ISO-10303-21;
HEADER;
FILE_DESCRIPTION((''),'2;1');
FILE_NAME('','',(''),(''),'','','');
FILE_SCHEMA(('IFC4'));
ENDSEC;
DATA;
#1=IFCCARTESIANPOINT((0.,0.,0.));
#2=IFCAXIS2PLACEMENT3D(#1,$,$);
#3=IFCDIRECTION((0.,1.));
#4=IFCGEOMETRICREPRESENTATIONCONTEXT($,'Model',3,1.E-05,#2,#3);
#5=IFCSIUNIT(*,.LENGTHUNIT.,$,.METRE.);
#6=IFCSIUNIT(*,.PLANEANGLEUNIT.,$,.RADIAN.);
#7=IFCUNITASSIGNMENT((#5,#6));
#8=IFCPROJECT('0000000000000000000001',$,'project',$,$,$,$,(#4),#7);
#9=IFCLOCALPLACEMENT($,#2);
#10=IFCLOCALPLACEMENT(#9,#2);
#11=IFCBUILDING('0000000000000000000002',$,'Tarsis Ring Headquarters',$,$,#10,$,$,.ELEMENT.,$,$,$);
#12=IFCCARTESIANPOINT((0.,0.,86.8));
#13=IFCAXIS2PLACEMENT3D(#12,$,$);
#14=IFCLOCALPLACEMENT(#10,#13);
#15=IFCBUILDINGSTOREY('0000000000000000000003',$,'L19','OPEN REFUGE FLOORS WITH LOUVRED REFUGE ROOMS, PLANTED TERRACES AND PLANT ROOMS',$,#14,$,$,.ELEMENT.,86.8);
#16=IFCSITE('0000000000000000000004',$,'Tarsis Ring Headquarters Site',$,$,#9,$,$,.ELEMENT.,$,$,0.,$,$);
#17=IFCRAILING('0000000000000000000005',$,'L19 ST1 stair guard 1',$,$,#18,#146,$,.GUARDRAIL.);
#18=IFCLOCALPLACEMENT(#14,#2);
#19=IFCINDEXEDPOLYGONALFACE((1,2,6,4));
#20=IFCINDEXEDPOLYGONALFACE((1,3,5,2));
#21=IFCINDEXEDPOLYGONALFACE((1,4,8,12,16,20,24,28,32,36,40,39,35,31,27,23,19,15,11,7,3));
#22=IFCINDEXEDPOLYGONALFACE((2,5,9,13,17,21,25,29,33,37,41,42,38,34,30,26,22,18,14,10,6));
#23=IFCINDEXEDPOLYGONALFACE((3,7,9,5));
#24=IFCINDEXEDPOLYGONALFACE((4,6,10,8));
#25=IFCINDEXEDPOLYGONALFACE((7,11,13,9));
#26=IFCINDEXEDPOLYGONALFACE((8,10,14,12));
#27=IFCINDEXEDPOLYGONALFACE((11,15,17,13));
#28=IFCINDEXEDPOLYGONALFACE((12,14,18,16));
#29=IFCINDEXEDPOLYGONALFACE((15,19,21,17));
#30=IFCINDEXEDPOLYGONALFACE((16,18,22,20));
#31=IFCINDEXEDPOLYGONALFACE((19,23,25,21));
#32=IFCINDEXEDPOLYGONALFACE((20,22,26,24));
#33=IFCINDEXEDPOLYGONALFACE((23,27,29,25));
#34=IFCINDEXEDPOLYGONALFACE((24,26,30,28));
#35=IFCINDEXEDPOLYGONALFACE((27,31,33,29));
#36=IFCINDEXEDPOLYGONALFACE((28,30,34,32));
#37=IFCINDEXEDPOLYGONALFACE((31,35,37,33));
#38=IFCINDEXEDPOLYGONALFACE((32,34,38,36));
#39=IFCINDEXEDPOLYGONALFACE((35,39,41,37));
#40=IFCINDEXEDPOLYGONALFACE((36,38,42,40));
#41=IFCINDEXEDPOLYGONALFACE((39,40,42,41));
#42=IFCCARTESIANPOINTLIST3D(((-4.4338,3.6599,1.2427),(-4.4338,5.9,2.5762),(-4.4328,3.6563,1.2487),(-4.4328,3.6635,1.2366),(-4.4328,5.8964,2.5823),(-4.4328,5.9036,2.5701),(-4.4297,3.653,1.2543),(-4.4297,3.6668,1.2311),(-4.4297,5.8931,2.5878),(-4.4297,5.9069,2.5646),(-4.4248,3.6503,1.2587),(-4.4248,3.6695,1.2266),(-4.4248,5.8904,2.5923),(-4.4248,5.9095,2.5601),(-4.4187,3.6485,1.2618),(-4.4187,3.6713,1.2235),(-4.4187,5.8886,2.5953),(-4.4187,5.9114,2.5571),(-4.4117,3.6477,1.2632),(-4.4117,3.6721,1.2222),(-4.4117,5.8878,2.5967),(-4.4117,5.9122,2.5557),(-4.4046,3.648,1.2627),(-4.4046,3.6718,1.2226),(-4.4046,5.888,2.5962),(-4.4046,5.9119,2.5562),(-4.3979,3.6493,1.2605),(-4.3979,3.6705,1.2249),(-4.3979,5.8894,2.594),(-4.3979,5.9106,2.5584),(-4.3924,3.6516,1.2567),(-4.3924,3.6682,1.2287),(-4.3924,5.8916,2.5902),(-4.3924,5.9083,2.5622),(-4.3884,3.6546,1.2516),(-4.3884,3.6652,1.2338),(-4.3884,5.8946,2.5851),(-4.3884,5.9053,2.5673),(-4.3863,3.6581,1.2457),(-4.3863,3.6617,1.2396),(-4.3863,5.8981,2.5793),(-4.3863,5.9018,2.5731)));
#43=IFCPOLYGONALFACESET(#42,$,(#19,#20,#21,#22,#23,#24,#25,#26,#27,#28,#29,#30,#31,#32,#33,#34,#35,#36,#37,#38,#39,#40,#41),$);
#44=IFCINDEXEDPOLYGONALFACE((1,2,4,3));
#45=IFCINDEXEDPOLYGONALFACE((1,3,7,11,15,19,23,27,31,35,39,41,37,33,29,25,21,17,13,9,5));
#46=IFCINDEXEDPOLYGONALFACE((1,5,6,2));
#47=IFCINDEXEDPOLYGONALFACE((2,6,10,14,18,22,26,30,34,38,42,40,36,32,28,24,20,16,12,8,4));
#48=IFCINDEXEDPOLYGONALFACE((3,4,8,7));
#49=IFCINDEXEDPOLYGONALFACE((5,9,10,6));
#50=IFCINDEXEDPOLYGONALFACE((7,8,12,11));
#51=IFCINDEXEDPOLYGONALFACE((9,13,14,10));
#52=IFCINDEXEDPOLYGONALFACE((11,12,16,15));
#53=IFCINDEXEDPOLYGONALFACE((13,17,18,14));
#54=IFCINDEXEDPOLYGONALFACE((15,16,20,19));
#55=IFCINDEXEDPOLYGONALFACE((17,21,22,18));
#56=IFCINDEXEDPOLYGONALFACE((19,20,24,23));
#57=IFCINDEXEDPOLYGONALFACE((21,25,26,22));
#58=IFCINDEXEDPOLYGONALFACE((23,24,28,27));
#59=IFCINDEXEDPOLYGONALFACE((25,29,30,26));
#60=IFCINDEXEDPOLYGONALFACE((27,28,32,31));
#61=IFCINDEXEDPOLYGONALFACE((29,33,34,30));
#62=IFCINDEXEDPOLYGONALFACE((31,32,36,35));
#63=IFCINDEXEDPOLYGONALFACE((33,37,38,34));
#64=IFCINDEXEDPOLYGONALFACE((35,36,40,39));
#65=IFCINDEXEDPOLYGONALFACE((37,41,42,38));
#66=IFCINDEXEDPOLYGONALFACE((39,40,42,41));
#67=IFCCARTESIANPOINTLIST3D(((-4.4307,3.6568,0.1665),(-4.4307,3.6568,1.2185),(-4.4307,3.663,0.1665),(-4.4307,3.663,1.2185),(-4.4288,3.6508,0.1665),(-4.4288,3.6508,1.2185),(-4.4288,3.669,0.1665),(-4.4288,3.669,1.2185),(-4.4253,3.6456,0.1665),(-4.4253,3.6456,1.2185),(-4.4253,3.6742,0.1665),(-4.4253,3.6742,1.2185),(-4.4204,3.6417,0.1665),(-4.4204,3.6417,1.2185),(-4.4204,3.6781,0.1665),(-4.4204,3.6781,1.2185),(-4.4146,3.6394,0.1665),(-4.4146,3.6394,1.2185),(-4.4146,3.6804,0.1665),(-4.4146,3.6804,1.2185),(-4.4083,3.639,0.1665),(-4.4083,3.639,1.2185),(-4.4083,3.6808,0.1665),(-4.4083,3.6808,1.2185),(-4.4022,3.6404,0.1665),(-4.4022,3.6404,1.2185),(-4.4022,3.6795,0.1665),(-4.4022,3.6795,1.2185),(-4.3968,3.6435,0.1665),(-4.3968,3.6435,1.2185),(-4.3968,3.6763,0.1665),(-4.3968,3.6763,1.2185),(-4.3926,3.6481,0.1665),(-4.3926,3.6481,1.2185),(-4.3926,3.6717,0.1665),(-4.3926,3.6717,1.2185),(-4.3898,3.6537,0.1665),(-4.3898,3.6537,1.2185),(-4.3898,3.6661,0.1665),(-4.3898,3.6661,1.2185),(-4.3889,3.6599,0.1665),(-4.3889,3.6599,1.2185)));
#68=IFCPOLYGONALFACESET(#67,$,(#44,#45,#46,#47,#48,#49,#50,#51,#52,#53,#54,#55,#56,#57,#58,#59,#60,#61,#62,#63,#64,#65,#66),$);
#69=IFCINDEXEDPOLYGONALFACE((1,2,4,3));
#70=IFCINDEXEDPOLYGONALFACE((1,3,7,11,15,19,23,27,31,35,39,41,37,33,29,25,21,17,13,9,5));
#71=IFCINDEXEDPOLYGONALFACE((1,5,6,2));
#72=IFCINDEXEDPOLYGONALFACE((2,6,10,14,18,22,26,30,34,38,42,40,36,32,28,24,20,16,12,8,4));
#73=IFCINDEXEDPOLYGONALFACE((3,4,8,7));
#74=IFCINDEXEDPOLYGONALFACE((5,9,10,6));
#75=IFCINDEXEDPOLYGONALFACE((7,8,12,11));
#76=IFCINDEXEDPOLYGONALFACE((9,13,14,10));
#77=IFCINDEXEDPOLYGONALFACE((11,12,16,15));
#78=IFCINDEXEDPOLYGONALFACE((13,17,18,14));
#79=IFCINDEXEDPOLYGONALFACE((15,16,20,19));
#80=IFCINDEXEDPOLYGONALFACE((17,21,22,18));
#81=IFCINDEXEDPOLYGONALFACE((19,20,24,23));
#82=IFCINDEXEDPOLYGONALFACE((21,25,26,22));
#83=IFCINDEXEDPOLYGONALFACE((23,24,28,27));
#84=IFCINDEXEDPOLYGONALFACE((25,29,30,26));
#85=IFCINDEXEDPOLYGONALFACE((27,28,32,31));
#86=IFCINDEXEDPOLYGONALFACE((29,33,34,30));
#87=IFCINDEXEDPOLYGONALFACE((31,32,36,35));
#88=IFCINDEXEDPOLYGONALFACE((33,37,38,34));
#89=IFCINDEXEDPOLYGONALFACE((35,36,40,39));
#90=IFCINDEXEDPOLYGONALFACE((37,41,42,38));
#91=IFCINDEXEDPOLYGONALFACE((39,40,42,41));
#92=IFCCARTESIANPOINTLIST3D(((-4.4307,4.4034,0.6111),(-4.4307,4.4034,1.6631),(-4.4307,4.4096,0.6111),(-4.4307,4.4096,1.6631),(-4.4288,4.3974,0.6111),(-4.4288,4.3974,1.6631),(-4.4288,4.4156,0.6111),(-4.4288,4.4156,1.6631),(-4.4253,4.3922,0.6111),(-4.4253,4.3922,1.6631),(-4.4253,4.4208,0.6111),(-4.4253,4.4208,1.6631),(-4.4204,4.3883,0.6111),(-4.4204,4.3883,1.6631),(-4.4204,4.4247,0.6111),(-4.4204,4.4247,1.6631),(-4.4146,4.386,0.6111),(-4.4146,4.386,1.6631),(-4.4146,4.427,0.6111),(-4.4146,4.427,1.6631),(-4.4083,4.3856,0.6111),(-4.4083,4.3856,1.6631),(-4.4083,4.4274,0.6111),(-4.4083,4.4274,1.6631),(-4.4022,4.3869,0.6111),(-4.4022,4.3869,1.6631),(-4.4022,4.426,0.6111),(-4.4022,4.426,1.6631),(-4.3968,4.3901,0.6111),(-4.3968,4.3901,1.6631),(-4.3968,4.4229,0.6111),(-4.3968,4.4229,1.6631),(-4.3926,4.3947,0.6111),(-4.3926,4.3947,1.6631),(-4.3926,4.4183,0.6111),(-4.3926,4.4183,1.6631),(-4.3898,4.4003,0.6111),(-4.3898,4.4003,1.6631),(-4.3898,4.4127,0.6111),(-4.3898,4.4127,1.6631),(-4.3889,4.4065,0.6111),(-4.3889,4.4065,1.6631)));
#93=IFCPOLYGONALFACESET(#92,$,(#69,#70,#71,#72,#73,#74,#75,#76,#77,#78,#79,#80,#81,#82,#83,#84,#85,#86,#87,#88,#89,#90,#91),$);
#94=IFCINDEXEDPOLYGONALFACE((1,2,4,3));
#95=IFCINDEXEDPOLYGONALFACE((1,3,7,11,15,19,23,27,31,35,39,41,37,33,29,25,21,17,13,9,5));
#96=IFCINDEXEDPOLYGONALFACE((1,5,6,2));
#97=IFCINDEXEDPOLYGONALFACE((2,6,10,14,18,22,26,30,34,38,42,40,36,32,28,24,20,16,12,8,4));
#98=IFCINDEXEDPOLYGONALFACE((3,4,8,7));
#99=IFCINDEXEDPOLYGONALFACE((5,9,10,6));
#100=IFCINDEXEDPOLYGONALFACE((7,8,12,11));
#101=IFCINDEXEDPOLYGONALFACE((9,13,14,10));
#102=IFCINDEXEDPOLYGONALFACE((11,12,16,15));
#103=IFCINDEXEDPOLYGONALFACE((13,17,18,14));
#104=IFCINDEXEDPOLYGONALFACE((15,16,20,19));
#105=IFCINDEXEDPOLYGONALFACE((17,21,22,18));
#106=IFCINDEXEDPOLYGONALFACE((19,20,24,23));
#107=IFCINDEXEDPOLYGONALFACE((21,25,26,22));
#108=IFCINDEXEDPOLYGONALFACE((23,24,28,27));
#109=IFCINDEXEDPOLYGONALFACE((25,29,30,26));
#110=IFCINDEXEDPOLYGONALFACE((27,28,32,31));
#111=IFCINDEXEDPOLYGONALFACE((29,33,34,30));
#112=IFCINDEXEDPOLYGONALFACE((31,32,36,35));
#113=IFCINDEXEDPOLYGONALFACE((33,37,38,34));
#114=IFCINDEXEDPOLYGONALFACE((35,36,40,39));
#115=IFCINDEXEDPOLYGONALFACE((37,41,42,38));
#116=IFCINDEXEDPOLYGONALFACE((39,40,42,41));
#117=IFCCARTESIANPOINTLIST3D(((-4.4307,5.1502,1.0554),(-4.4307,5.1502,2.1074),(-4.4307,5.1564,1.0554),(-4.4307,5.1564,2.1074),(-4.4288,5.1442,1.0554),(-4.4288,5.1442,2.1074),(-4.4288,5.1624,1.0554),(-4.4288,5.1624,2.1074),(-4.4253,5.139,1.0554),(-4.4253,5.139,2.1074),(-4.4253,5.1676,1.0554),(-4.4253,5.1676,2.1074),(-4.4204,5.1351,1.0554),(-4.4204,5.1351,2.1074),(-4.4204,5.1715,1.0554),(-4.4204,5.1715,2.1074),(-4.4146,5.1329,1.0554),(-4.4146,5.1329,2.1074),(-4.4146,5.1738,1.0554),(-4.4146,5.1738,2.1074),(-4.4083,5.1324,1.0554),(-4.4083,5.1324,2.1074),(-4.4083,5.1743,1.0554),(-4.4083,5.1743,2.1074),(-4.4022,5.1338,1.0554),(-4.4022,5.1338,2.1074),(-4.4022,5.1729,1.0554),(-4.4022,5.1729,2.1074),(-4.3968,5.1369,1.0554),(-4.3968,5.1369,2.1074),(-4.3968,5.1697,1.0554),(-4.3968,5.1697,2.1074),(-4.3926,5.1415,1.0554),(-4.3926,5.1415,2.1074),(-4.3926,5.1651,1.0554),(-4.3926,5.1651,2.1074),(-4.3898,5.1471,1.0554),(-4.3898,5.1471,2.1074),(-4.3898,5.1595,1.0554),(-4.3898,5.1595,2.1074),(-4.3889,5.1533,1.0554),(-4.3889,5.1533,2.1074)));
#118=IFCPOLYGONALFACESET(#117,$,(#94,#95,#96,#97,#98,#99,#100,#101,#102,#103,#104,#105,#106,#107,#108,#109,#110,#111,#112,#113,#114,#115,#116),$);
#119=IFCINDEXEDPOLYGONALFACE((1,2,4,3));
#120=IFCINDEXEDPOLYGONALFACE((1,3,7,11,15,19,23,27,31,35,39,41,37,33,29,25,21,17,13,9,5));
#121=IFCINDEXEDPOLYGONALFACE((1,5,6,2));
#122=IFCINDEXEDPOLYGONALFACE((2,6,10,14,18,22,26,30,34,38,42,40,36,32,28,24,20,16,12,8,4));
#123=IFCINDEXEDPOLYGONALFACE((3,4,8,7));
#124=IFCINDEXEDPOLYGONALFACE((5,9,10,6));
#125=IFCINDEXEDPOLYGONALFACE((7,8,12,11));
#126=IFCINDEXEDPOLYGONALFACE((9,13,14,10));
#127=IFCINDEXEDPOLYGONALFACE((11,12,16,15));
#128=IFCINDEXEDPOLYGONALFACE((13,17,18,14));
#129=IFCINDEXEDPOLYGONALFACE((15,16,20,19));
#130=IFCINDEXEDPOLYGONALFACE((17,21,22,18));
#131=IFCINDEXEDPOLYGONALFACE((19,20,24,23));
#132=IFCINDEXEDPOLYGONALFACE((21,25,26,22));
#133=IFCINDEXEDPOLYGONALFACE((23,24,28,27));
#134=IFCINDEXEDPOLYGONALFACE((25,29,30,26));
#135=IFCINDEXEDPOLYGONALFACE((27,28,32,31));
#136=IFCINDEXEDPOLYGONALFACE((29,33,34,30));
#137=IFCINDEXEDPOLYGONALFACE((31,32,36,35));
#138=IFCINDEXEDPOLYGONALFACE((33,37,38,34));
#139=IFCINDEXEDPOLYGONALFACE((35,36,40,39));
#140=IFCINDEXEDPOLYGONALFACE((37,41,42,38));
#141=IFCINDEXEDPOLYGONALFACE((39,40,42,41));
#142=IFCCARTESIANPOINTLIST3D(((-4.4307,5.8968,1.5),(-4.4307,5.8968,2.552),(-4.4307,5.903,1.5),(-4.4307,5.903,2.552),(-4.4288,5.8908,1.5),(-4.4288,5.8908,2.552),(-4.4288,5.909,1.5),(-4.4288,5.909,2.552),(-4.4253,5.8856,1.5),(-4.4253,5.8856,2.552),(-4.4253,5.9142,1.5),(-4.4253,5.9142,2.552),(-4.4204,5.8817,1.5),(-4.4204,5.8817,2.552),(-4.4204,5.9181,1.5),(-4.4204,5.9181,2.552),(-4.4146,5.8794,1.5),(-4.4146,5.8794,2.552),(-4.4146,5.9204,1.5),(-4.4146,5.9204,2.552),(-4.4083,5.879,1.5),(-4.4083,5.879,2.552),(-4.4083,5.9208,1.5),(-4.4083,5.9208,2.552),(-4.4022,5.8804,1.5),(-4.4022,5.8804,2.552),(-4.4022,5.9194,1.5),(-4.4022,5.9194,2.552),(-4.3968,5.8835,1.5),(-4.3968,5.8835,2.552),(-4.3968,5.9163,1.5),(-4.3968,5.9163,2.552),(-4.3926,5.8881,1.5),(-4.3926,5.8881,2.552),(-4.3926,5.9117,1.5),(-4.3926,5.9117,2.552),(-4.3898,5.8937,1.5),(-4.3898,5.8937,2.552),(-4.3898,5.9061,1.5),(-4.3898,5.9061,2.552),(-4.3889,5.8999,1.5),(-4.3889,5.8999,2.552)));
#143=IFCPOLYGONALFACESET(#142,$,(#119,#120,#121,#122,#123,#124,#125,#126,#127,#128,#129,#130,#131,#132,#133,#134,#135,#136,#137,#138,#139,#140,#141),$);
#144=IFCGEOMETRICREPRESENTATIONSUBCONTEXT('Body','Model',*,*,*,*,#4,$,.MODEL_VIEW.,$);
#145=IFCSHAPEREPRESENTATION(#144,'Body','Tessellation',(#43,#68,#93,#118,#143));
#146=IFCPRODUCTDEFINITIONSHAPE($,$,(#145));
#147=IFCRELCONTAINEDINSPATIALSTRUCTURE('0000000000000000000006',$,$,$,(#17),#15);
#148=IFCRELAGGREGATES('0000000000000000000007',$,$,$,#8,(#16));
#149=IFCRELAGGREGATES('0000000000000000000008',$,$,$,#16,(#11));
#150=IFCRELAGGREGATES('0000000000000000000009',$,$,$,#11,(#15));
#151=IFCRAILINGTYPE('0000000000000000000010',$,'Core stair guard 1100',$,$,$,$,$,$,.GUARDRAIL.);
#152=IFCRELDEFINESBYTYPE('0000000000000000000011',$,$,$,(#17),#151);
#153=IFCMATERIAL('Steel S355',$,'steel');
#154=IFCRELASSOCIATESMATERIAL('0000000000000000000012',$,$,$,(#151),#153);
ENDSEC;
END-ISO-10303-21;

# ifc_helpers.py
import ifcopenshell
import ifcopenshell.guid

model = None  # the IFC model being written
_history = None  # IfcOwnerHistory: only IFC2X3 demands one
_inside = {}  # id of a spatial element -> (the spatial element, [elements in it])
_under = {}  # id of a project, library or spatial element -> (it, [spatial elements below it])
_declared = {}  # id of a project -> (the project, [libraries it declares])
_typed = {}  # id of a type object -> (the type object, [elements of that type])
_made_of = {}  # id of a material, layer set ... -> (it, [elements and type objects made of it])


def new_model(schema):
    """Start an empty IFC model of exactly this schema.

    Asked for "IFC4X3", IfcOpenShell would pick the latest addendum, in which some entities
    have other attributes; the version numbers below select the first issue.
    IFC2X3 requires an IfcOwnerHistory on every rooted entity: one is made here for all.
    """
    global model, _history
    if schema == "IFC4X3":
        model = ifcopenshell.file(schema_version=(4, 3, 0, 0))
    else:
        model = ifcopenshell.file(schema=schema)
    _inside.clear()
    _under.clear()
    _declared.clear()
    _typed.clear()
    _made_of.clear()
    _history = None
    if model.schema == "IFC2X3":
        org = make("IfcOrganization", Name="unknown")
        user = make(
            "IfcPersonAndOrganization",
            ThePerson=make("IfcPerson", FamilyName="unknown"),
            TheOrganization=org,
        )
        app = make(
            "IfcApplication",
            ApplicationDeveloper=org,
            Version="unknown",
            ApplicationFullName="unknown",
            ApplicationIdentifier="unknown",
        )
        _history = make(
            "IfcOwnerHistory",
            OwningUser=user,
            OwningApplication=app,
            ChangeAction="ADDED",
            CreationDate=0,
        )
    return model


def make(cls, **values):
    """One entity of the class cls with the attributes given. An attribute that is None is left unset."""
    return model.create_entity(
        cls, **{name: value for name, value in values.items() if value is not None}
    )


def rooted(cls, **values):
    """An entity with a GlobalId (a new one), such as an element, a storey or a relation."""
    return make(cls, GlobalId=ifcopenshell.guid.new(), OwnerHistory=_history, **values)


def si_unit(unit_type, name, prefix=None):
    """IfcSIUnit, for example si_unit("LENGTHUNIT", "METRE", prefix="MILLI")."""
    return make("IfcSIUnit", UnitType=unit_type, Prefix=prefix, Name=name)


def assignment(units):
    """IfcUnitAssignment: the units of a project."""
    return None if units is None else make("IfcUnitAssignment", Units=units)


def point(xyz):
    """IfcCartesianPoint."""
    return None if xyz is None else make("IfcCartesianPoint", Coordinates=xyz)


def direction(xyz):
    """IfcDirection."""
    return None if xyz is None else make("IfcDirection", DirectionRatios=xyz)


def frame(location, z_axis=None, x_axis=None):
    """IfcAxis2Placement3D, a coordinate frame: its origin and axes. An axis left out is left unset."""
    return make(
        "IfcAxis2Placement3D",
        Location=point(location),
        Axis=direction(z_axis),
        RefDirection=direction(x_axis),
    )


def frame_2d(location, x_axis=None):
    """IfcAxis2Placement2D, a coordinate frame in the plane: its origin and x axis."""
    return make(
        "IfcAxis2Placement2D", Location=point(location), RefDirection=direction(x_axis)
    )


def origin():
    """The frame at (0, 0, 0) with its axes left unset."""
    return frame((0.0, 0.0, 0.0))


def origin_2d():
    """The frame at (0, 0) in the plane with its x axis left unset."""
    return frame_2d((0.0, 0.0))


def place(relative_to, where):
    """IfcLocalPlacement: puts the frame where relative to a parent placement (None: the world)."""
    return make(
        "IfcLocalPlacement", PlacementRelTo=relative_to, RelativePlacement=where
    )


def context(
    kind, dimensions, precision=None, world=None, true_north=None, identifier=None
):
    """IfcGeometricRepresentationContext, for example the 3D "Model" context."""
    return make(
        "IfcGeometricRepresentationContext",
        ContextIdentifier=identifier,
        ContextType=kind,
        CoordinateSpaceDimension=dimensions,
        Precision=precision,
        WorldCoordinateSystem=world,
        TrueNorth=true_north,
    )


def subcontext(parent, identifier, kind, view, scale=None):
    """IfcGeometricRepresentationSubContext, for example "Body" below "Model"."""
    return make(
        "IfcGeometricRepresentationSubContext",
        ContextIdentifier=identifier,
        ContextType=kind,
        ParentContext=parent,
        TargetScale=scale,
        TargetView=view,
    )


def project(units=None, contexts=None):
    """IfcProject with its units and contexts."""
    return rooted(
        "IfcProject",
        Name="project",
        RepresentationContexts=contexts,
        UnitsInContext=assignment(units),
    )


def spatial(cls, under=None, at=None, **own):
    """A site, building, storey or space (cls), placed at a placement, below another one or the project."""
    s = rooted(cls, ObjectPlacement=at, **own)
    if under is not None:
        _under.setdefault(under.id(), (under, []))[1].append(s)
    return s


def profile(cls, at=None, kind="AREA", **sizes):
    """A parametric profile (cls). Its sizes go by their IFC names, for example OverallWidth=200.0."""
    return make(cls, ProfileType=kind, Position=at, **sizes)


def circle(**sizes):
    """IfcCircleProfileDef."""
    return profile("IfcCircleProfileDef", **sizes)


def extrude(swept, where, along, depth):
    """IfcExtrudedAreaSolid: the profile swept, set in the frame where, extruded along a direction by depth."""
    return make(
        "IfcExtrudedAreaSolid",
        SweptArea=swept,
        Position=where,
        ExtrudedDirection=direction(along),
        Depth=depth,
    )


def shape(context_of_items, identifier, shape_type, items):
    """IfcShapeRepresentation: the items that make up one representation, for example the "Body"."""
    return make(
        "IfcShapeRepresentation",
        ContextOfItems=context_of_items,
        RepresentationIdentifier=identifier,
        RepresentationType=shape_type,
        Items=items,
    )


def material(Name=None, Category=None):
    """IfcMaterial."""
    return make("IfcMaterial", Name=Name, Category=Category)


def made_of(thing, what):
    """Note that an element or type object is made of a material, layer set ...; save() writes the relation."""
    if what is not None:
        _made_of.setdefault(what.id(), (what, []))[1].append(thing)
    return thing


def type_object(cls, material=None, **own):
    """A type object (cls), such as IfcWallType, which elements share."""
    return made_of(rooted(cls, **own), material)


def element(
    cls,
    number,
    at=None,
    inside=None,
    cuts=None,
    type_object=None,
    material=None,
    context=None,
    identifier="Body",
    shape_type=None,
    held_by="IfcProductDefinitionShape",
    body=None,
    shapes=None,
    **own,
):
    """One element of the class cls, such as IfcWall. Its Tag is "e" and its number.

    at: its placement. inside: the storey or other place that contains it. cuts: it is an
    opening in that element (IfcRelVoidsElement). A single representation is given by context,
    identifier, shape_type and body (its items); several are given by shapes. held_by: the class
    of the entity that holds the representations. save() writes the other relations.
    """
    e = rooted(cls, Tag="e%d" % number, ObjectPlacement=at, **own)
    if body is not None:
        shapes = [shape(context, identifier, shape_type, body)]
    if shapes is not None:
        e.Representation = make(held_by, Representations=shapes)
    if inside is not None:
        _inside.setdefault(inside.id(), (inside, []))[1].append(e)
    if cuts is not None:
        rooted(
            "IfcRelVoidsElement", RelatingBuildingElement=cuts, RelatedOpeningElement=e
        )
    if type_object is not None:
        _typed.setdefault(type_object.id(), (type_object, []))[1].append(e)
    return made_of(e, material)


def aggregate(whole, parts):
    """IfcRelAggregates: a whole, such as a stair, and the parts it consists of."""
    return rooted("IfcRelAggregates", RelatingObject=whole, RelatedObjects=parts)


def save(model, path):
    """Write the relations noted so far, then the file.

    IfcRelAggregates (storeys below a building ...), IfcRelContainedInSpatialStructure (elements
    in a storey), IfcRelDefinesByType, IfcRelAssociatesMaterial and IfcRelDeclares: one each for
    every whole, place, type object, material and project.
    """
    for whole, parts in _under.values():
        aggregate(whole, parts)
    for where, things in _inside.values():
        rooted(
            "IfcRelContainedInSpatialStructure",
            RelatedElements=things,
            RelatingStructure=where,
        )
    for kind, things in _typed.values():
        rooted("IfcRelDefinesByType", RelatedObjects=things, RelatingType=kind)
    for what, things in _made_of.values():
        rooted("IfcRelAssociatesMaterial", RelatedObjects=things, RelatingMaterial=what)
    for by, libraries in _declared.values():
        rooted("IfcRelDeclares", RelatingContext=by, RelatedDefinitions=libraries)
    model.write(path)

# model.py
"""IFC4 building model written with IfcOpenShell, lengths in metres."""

from ifc_helpers import new_model, si_unit, direction, frame, origin, origin_2d, place, context, subcontext, project, spatial, circle, extrude, material, type_object, element, save


model = new_model("IFC4")

# Units and contexts
model_context = context("Model", 3, precision=1e-05, world=origin(), true_north=direction((0.0, 1.0)))
body_context = subcontext(model_context, "Body", "Model", "MODEL_VIEW")
ifc_project = project(units=[si_unit("LENGTHUNIT", "METRE"), si_unit("PLANEANGLEUNIT", "RADIAN")], contexts=[model_context])

# Site, building, storey
site_placement = place(None, origin())
site = spatial("IfcSite", under=ifc_project, at=site_placement, Name="Tarsis Ring Headquarters Site", CompositionType="ELEMENT", RefElevation=0.0)
building_placement = place(site_placement, origin())
building = spatial("IfcBuilding", under=site, at=building_placement, Name="Tarsis Ring Headquarters", CompositionType="ELEMENT")
storey_placement = place(building_placement, frame((0.0, 0.0, 86.8)))
storey = spatial("IfcBuildingStorey", under=building, at=storey_placement, Name="L19", Description="OPEN REFUGE FLOORS WITH LOUVRED REFUGE ROOMS, PLANTED TERRACES AND PLANT ROOMS", CompositionType="ELEMENT", Elevation=86.8)

# Shared definitions
ifc_material_1 = material(Name="Steel S355", Category="steel")

# Railing
railing_type_1 = type_object("IfcRailingType", Name="Core stair guard 1100", PredefinedType="GUARDRAIL", material=ifc_material_1)
railing_1_placement = place(storey_placement, frame((-4.4099, 3.6599, 0.1665)))
element("IfcRailing", 1, at=railing_1_placement, inside=storey, type_object=railing_type_1, Name="L19 ST1 stair guard 1", PredefinedType="GUARDRAIL", context=body_context, shape_type="SweptSolid", body=[
    extrude(circle(Radius=0.0239, at=origin_2d()), frame((0.0, 0.0, 1.0762), z_axis=(0.0, 0.859264, 0.511532), x_axis=(-1.0, 0.0, 0.0)), (0.0, 0.0, 1.0), 2.6069),
    extrude(circle(Radius=0.021, at=origin_2d()), origin(), (0.0, 0.0, 1.0), 1.052),
    extrude(circle(Radius=0.021, at=origin_2d()), frame((0.0, 0.7466, 0.4446)), (0.0, 0.0, 1.0), 1.052),
    extrude(circle(Radius=0.021, at=origin_2d()), frame((0.0, 1.4934, 0.8889)), (0.0, 0.0, 1.0), 1.052),
    extrude(circle(Radius=0.021, at=origin_2d()), frame((0.0, 2.24, 1.3335)), (0.0, 0.0, 1.0), 1.052),
])

save(model, "model.ifc")
